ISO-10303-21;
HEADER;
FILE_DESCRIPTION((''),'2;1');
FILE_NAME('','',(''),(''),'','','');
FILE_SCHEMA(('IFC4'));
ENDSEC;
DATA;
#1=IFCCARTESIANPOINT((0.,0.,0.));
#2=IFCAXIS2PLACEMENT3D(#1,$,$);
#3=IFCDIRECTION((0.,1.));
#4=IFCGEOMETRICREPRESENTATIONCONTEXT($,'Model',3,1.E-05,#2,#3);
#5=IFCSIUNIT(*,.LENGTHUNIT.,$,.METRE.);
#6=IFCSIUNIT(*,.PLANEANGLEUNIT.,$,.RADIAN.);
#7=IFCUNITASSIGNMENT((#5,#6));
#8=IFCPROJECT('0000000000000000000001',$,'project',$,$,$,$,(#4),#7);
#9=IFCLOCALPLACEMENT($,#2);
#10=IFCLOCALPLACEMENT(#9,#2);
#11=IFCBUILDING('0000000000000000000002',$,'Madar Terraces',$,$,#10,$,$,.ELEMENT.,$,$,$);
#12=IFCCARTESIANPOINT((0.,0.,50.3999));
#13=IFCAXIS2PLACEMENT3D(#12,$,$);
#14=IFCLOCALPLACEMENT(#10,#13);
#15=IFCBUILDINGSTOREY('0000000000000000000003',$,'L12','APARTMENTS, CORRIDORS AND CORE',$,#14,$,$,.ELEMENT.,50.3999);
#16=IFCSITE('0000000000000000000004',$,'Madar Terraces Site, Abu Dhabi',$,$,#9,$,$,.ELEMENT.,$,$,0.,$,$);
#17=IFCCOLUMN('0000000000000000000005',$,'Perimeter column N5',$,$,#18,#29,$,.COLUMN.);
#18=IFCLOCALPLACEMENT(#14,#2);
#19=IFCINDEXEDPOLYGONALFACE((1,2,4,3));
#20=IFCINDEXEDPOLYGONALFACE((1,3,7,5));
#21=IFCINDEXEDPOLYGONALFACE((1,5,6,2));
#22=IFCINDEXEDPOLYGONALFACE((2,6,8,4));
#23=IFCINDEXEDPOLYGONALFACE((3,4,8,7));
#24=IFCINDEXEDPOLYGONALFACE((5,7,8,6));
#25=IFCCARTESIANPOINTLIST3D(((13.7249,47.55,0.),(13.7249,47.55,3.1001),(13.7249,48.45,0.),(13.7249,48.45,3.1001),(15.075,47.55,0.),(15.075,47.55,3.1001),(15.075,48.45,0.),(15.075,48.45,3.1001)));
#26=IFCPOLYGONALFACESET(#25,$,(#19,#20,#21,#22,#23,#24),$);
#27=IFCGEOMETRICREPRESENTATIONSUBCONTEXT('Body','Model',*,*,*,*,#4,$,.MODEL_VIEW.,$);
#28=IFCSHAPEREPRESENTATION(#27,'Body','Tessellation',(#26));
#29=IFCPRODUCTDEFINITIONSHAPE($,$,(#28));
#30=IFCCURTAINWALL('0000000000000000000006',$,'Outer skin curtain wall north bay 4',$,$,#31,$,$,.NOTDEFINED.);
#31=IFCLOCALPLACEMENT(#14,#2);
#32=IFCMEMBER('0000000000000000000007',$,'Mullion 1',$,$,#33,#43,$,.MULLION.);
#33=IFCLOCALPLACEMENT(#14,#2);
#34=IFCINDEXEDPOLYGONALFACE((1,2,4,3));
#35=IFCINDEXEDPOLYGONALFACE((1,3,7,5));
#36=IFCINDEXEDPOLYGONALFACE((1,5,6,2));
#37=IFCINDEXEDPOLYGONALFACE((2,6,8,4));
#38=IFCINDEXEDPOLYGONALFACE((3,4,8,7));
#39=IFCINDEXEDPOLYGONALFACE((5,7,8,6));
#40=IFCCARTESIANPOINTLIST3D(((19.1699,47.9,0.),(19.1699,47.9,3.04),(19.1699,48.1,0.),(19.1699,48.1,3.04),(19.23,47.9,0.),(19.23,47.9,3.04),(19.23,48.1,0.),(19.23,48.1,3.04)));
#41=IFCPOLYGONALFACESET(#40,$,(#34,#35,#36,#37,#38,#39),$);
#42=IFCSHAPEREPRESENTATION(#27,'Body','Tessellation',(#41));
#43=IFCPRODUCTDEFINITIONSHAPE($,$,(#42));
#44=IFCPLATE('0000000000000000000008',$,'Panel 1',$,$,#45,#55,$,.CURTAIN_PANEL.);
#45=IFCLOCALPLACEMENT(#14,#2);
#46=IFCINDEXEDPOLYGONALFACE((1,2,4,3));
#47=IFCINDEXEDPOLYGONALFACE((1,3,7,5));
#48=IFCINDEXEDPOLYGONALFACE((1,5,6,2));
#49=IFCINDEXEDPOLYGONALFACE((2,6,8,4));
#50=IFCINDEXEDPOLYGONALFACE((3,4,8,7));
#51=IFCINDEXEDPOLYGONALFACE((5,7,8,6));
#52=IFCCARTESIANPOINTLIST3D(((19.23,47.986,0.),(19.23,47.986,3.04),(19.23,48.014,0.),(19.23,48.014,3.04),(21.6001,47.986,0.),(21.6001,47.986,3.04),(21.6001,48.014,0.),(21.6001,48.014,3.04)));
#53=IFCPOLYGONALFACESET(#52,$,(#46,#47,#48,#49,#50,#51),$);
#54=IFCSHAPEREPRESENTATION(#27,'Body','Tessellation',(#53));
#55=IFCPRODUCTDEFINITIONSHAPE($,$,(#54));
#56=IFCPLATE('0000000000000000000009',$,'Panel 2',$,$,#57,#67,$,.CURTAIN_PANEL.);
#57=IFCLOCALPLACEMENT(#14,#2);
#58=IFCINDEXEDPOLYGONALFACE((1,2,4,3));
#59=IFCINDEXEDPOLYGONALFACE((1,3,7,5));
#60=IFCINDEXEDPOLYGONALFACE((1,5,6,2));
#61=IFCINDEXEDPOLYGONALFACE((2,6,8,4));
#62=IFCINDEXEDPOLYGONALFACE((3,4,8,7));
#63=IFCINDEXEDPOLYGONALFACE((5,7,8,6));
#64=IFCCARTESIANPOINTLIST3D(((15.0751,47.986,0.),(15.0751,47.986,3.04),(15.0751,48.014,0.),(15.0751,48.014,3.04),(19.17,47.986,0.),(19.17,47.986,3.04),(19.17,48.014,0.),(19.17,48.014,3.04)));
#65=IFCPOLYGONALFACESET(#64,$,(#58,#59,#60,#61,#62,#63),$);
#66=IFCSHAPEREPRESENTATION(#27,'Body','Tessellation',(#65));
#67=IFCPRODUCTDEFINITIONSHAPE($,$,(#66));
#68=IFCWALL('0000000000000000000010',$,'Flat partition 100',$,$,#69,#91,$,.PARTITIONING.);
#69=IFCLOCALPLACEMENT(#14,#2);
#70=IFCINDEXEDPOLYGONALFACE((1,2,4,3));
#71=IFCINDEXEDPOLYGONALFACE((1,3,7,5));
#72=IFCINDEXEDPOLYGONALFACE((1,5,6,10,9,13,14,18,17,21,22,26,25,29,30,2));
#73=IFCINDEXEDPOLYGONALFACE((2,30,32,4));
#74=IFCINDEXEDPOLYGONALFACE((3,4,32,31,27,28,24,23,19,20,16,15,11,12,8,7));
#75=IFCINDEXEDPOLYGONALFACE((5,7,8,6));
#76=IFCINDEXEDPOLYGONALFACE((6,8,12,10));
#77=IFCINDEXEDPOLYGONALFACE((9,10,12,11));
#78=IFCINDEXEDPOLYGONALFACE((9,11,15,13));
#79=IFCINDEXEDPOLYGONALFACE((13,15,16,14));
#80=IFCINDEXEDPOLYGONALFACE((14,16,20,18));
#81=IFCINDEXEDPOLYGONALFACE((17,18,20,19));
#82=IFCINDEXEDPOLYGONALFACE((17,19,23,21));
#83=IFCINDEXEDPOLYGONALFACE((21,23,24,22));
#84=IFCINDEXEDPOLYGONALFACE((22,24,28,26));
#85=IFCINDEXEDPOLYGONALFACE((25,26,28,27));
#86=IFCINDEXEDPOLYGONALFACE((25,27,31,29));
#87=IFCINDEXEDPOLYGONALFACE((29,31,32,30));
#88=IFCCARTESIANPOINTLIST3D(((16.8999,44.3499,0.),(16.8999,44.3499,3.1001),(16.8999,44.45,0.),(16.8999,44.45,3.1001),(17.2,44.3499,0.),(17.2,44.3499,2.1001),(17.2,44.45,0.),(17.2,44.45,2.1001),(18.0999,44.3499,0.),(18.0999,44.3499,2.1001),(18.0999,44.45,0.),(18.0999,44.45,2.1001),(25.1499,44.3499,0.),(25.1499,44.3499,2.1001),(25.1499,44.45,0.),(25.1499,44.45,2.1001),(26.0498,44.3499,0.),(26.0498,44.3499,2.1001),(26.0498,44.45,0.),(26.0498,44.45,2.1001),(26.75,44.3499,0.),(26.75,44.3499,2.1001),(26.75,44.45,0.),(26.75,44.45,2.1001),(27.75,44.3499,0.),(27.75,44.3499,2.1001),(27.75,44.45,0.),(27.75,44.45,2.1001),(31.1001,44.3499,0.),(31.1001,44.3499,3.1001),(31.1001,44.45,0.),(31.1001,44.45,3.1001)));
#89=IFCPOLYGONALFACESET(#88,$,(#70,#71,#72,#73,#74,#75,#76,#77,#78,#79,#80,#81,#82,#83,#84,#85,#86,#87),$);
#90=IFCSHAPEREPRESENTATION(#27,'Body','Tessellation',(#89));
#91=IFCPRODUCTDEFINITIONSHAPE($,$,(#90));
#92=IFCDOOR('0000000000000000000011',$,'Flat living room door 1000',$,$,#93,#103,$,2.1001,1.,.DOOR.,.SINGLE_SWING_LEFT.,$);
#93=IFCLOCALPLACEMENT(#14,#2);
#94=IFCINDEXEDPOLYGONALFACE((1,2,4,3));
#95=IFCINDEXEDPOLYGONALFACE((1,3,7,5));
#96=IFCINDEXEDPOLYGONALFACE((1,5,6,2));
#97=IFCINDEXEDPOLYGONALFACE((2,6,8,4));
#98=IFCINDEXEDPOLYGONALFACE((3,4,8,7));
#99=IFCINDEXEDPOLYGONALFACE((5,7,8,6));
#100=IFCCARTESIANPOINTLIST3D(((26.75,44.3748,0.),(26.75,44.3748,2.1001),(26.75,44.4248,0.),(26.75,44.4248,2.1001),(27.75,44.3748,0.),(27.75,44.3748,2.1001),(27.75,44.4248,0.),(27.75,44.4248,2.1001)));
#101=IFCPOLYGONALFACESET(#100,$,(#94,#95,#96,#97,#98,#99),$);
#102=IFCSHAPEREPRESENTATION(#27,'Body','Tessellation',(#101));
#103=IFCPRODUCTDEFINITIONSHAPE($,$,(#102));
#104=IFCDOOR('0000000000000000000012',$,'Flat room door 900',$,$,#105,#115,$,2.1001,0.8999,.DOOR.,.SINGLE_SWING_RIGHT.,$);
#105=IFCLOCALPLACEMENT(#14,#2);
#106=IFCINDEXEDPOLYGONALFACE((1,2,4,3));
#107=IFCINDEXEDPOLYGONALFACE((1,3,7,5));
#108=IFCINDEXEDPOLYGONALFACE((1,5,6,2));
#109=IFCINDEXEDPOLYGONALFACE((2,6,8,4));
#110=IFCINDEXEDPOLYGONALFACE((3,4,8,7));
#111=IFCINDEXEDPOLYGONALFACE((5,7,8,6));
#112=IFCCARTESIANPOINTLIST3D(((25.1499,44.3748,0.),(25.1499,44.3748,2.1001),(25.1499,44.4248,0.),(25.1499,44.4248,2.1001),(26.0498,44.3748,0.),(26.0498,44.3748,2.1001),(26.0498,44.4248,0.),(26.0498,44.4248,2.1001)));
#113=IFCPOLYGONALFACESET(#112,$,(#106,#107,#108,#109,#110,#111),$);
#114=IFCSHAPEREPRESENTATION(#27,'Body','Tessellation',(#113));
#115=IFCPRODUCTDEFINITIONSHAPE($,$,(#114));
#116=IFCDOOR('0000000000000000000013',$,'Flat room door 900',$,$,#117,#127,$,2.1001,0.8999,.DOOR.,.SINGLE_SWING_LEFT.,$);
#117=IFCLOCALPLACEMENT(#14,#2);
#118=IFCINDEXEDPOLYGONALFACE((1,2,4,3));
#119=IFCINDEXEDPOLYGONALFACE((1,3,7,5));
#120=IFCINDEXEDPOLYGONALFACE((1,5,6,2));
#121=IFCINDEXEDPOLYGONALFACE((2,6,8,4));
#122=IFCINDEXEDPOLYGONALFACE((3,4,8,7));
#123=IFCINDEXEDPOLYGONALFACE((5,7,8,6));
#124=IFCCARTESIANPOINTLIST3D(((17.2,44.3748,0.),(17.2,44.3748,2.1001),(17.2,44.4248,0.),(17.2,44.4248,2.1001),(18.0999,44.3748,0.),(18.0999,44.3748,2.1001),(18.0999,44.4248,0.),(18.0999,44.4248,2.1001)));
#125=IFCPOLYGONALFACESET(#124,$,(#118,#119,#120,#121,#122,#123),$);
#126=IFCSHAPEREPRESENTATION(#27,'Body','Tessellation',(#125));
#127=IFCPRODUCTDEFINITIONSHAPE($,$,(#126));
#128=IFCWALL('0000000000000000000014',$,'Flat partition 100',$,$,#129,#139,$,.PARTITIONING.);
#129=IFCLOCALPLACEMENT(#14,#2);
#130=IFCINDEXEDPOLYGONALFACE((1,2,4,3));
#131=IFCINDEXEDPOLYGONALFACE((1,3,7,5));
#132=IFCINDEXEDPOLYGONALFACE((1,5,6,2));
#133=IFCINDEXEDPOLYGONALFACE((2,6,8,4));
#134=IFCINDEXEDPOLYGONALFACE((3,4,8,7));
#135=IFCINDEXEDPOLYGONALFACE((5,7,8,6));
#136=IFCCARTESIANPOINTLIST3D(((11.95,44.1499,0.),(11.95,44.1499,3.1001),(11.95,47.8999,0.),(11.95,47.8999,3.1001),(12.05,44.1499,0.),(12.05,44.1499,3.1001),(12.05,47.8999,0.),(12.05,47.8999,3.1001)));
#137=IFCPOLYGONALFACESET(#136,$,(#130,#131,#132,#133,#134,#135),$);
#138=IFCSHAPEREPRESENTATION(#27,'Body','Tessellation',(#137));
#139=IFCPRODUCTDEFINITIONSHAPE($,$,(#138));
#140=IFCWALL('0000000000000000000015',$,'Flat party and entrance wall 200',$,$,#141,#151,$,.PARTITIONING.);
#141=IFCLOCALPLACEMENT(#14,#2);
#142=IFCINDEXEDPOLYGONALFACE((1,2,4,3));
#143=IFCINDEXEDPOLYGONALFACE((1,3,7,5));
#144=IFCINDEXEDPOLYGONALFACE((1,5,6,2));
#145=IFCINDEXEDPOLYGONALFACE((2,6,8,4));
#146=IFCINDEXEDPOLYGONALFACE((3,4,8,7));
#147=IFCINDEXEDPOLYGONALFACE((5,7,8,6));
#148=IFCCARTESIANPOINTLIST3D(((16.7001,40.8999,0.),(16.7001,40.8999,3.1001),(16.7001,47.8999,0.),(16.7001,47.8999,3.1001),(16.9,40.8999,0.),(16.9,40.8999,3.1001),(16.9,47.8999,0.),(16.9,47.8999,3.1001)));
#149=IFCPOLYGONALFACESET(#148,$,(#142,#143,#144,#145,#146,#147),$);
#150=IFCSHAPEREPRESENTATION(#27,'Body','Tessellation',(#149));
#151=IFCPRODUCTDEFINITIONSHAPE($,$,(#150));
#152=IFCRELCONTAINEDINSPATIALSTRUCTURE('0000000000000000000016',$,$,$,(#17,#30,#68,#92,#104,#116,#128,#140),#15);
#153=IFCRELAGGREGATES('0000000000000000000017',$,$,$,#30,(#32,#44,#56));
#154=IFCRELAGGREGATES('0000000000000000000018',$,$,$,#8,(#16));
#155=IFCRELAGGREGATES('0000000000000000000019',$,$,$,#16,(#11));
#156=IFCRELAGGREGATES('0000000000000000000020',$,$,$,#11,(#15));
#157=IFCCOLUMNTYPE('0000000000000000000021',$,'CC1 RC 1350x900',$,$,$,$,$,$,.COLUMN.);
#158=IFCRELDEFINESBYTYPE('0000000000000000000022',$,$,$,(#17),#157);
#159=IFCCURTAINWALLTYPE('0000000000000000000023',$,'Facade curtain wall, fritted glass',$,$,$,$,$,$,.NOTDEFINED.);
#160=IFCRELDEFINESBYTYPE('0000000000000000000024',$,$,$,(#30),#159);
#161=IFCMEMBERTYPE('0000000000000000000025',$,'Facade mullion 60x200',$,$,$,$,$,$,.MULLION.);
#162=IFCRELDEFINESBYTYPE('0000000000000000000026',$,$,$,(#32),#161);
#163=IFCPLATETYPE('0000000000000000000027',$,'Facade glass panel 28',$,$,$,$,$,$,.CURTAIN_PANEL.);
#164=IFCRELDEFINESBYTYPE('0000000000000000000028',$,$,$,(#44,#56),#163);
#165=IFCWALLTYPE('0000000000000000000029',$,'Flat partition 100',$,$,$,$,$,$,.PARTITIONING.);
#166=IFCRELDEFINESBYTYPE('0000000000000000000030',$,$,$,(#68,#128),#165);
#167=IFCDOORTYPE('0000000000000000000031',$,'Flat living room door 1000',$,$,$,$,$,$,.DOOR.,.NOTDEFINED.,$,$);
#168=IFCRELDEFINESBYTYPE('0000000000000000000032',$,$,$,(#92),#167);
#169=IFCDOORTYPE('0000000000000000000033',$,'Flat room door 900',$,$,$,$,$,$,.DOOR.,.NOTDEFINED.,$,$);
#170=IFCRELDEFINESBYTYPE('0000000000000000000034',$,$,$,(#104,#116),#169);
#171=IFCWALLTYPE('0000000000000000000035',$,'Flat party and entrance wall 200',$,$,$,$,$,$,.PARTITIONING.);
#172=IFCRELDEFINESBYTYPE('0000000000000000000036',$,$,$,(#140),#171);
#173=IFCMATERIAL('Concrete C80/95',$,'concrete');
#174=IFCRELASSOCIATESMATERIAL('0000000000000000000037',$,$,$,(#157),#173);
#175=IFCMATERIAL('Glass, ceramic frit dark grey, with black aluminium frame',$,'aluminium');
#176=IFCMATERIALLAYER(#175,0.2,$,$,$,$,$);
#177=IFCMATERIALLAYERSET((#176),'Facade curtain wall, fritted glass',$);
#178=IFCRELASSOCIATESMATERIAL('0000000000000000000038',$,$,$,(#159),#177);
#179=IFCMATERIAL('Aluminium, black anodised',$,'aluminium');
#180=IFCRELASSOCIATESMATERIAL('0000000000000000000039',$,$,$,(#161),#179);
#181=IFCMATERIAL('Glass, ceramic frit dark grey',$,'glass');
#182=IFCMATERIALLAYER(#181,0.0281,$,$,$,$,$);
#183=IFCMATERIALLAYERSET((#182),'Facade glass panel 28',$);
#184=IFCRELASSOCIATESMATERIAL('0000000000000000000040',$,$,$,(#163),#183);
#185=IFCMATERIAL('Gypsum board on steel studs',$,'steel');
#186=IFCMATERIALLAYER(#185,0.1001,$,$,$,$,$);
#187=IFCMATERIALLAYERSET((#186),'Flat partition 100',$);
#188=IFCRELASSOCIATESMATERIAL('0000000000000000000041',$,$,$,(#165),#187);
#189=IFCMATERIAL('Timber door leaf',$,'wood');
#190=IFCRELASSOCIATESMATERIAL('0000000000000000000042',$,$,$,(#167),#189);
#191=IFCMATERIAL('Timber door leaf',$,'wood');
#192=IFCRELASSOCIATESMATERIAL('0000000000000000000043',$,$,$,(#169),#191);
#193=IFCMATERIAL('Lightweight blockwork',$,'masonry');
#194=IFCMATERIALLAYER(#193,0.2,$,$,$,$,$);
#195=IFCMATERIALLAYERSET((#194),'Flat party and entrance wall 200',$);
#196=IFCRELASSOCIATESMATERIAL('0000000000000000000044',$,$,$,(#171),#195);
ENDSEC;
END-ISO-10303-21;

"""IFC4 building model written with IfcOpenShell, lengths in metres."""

from ifc_helpers import new_model, si_unit, direction, frame, frame_2d, origin, origin_2d, place, context, subcontext, project, spatial, rectangle, extrude, material, layer, layer_set, material_profile, profile_set, type_object, element, fill, aggregate, save


model = new_model("IFC4")

# Units and contexts
model_context = context("Model", 3, precision=1e-05, world=origin(), true_north=direction((0.0, 1.0)))
body_context = subcontext(model_context, "Body", "Model", "MODEL_VIEW")
ifc_project = project(units=[si_unit("LENGTHUNIT", "METRE"), si_unit("PLANEANGLEUNIT", "RADIAN")], contexts=[model_context])

# Site, building, storey
site_placement = place(None, origin())
site = spatial("IfcSite", under=ifc_project, at=site_placement, Name="Madar Terraces Site, Abu Dhabi", CompositionType="ELEMENT", RefElevation=0.0)
building_placement = place(site_placement, origin())
building = spatial("IfcBuilding", under=site, at=building_placement, Name="Madar Terraces", CompositionType="ELEMENT")
storey_placement = place(building_placement, frame((0.0, 0.0, 50.3999)))
storey = spatial("IfcBuildingStorey", under=building, at=storey_placement, Name="L12", Description="APARTMENTS, CORRIDORS AND CORE", CompositionType="ELEMENT", Elevation=50.3999)

# Column
ifc_material_1 = material(Name="Concrete C80/95", Category="concrete")
ifc_material_profile_1 = material_profile(ifc_material_1, rectangle(XDim=1.3501, YDim=0.8999, at=origin_2d()), Name="CC1 RC 1350x900")
ifc_profile_set_1 = profile_set([ifc_material_profile_1], Name="Concrete C80/95")
column_type = type_object("IfcColumnType", Name="CC1 RC 1350x900", PredefinedType="COLUMN", material=ifc_profile_set_1)
column_placement = place(storey_placement, frame((14.3999, 48.0, 0.0), z_axis=(0.0, 0.0, 1.0), x_axis=(1.0, 0.0, 0.0)))
element("IfcColumn", 1, at=column_placement, inside=storey, type_object=column_type, Name="Perimeter column N5", PredefinedType="COLUMN", context=body_context, shape_type="SweptSolid", body=[
    extrude(rectangle(XDim=1.3501, YDim=0.8999, at=origin_2d()), origin(), (0.0, 0.0, 1.0), 3.1001),
])

# Curtain wall, member, plates
ifc_material_2 = material(Name="Glass, ceramic frit dark grey, with black aluminium frame", Category="aluminium")
ifc_layer_1 = layer(ifc_material_2, 0.2)
ifc_layer_set_1 = layer_set([ifc_layer_1], Name="Facade curtain wall, fritted glass")
curtain_wall_type = type_object("IfcCurtainWallType", Name="Facade curtain wall, fritted glass", PredefinedType="NOTDEFINED", material=ifc_layer_set_1)
curtain_wall_placement = place(storey_placement, origin())
curtain_wall = element("IfcCurtainWall", 2, at=curtain_wall_placement, inside=storey, type_object=curtain_wall_type, Name="Outer skin curtain wall north bay 4", PredefinedType="NOTDEFINED")
ifc_material_3 = material(Name="Aluminium, black anodised", Category="aluminium")
ifc_material_profile_2 = material_profile(ifc_material_3, rectangle(XDim=0.2, YDim=0.0601, at=origin_2d()), Name="Facade mullion 60x200")
ifc_profile_set_2 = profile_set([ifc_material_profile_2], Name="Aluminium, black anodised")
member_type = type_object("IfcMemberType", Name="Facade mullion 60x200", PredefinedType="MULLION", material=ifc_profile_set_2)
member_placement = place(storey_placement, frame((19.2, 48.0, 0.0), z_axis=(0.0, 0.0, 1.0), x_axis=(0.0, -1.0, 0.0)))
member = element("IfcMember", 3, at=member_placement, type_object=member_type, Name="Mullion 1", PredefinedType="MULLION", context=body_context, shape_type="SweptSolid", body=[
    extrude(rectangle(XDim=0.2, YDim=0.0601, at=origin_2d()), origin(), (0.0, 0.0, 1.0), 3.04),
])
ifc_material_4 = material(Name="Glass, ceramic frit dark grey", Category="glass")
ifc_layer_2 = layer(ifc_material_4, 0.0281)
ifc_layer_set_2 = layer_set([ifc_layer_2], Name="Facade glass panel 28")
plate_type = type_object("IfcPlateType", Name="Facade glass panel 28", PredefinedType="CURTAIN_PANEL", material=ifc_layer_set_2)
plate_1_placement = place(storey_placement, frame((20.415, 48.0, 0.0), z_axis=(0.0, 0.0, 1.0), x_axis=(-1.0, 0.0, 0.0)))
plate_1 = element("IfcPlate", 4, at=plate_1_placement, type_object=plate_type, Name="Panel 1", PredefinedType="CURTAIN_PANEL", context=body_context, shape_type="SweptSolid", body=[
    extrude(rectangle(XDim=2.3701, YDim=0.0281, at=origin_2d()), origin(), (0.0, 0.0, 1.0), 3.04),
])
plate_2_placement = place(storey_placement, frame((17.1226, 48.0, 0.0), z_axis=(0.0, 0.0, 1.0), x_axis=(-1.0, 0.0, 0.0)))
plate_2 = element("IfcPlate", 5, at=plate_2_placement, type_object=plate_type, Name="Panel 2", PredefinedType="CURTAIN_PANEL", context=body_context, shape_type="SweptSolid", body=[
    extrude(rectangle(XDim=4.095, YDim=0.0281, at=origin_2d()), origin(), (0.0, 0.0, 1.0), 3.04),
])
aggregate(curtain_wall, [member, plate_1, plate_2])

# Wall, openings, doors
ifc_material_5 = material(Name="Gypsum board on steel studs", Category="steel")
ifc_layer_3 = layer(ifc_material_5, 0.1001)
ifc_layer_set_3 = layer_set([ifc_layer_3], Name="Flat partition 100")
wall_type_1 = type_object("IfcWallType", Name="Flat partition 100", PredefinedType="PARTITIONING", material=ifc_layer_set_3)
wall_1_placement = place(storey_placement, frame((16.8999, 44.3999, 0.0), z_axis=(0.0, 0.0, 1.0), x_axis=(1.0, 0.0, 0.0)))
wall_1 = element("IfcWall", 6, at=wall_1_placement, inside=storey, type_object=wall_type_1, Name="Flat partition 100", PredefinedType="PARTITIONING", context=body_context, shape_type="SweptSolid", body=[
    extrude(rectangle(XDim=14.2002, YDim=0.1001, at=frame_2d((7.1001, 0.0))), origin(), (0.0, 0.0, 1.0), 3.1001),
])
opening_1_placement = place(wall_1_placement, frame((9.8501, 0.0, 0.0)))
opening_1 = element("IfcOpeningElement", 7, at=opening_1_placement, cuts=wall_1, PredefinedType="OPENING", context=body_context, shape_type="SweptSolid", body=[
    extrude(rectangle(XDim=1.0, YDim=2.1001, at=frame_2d((0.5, 1.05))), frame((0.0, 0.0601, 0.0), z_axis=(0.0, -1.0, 0.0), x_axis=(1.0, 0.0, 0.0)), (0.0, 0.0, 1.0), 0.1201),
])
opening_2_placement = place(wall_1_placement, frame((8.25, 0.0, 0.0)))
opening_2 = element("IfcOpeningElement", 8, at=opening_2_placement, cuts=wall_1, PredefinedType="OPENING", context=body_context, shape_type="SweptSolid", body=[
    extrude(rectangle(XDim=0.8999, YDim=2.1001, at=frame_2d((0.45, 1.05))), frame((0.0, 0.0601, 0.0), z_axis=(0.0, -1.0, 0.0), x_axis=(1.0, 0.0, 0.0)), (0.0, 0.0, 1.0), 0.1201),
])
opening_3_placement = place(wall_1_placement, frame((0.3, 0.0, 0.0)))
opening_3 = element("IfcOpeningElement", 9, at=opening_3_placement, cuts=wall_1, PredefinedType="OPENING", context=body_context, shape_type="SweptSolid", body=[
    extrude(rectangle(XDim=0.8999, YDim=2.1001, at=frame_2d((0.45, 1.05))), frame((0.0, 0.0601, 0.0), z_axis=(0.0, -1.0, 0.0), x_axis=(1.0, 0.0, 0.0)), (0.0, 0.0, 1.0), 0.1201),
])
ifc_material_6 = material(Name="Timber door leaf", Category="wood")
door_type_1 = type_object("IfcDoorType", Name="Flat living room door 1000", OperationType="NOTDEFINED", PredefinedType="DOOR", material=ifc_material_6)
door_1_placement = place(opening_1_placement, origin())
door_1 = element("IfcDoor", 10, at=door_1_placement, inside=storey, type_object=door_type_1, Name="Flat living room door 1000", OperationType="SINGLE_SWING_LEFT", OverallHeight=2.1001, OverallWidth=1.0, PredefinedType="DOOR", context=body_context, shape_type="SweptSolid", body=[
    extrude(rectangle(XDim=1.0, YDim=2.1001, at=frame_2d((0.5, 1.05))), frame((0.0, 0.0249, 0.0), z_axis=(0.0, -1.0, 0.0), x_axis=(1.0, 0.0, 0.0)), (0.0, 0.0, 1.0), 0.05),
])
fill(opening_1, door_1)
ifc_material_7 = material(Name="Timber door leaf", Category="wood")
door_type_2 = type_object("IfcDoorType", Name="Flat room door 900", OperationType="NOTDEFINED", PredefinedType="DOOR", material=ifc_material_7)
door_2_placement = place(opening_2_placement, origin())
door_2 = element("IfcDoor", 11, at=door_2_placement, inside=storey, type_object=door_type_2, Name="Flat room door 900", OperationType="SINGLE_SWING_RIGHT", OverallHeight=2.1001, OverallWidth=0.8999, PredefinedType="DOOR", context=body_context, shape_type="SweptSolid", body=[
    extrude(rectangle(XDim=0.8999, YDim=2.1001, at=frame_2d((0.45, 1.05))), frame((0.0, 0.0249, 0.0), z_axis=(0.0, -1.0, 0.0), x_axis=(1.0, 0.0, 0.0)), (0.0, 0.0, 1.0), 0.05),
])
fill(opening_2, door_2)
door_3_placement = place(opening_3_placement, origin())
door_3 = element("IfcDoor", 12, at=door_3_placement, inside=storey, type_object=door_type_2, Name="Flat room door 900", OperationType="SINGLE_SWING_LEFT", OverallHeight=2.1001, OverallWidth=0.8999, PredefinedType="DOOR", context=body_context, shape_type="SweptSolid", body=[
    extrude(rectangle(XDim=0.8999, YDim=2.1001, at=frame_2d((0.45, 1.05))), frame((0.0, 0.0249, 0.0), z_axis=(0.0, -1.0, 0.0), x_axis=(1.0, 0.0, 0.0)), (0.0, 0.0, 1.0), 0.05),
])
fill(opening_3, door_3)

# Walls
wall_2_placement = place(storey_placement, frame((12.0, 44.1499, 0.0), z_axis=(0.0, 0.0, 1.0), x_axis=(0.0, 1.0, 0.0)))
element("IfcWall", 13, at=wall_2_placement, inside=storey, type_object=wall_type_1, Name="Flat partition 100", PredefinedType="PARTITIONING", context=body_context, shape_type="SweptSolid", body=[
    extrude(rectangle(XDim=3.75, YDim=0.1001, at=frame_2d((1.875, 0.0))), origin(), (0.0, 0.0, 1.0), 3.1001),
])
ifc_material_8 = material(Name="Lightweight blockwork", Category="masonry")
ifc_layer_4 = layer(ifc_material_8, 0.2)
ifc_layer_set_4 = layer_set([ifc_layer_4], Name="Flat party and entrance wall 200")
wall_type_2 = type_object("IfcWallType", Name="Flat party and entrance wall 200", PredefinedType="PARTITIONING", material=ifc_layer_set_4)
wall_3_placement = place(storey_placement, frame((16.8, 47.8999, 0.0), z_axis=(0.0, 0.0, 1.0), x_axis=(0.0, -1.0, 0.0)))
element("IfcWall", 14, at=wall_3_placement, inside=storey, type_object=wall_type_2, Name="Flat party and entrance wall 200", PredefinedType="PARTITIONING", context=body_context, shape_type="SweptSolid", body=[
    extrude(rectangle(XDim=7.0, YDim=0.2, at=frame_2d((3.5, 0.0))), origin(), (0.0, 0.0, 1.0), 3.1001),
])

save(model, "model.ifc")
